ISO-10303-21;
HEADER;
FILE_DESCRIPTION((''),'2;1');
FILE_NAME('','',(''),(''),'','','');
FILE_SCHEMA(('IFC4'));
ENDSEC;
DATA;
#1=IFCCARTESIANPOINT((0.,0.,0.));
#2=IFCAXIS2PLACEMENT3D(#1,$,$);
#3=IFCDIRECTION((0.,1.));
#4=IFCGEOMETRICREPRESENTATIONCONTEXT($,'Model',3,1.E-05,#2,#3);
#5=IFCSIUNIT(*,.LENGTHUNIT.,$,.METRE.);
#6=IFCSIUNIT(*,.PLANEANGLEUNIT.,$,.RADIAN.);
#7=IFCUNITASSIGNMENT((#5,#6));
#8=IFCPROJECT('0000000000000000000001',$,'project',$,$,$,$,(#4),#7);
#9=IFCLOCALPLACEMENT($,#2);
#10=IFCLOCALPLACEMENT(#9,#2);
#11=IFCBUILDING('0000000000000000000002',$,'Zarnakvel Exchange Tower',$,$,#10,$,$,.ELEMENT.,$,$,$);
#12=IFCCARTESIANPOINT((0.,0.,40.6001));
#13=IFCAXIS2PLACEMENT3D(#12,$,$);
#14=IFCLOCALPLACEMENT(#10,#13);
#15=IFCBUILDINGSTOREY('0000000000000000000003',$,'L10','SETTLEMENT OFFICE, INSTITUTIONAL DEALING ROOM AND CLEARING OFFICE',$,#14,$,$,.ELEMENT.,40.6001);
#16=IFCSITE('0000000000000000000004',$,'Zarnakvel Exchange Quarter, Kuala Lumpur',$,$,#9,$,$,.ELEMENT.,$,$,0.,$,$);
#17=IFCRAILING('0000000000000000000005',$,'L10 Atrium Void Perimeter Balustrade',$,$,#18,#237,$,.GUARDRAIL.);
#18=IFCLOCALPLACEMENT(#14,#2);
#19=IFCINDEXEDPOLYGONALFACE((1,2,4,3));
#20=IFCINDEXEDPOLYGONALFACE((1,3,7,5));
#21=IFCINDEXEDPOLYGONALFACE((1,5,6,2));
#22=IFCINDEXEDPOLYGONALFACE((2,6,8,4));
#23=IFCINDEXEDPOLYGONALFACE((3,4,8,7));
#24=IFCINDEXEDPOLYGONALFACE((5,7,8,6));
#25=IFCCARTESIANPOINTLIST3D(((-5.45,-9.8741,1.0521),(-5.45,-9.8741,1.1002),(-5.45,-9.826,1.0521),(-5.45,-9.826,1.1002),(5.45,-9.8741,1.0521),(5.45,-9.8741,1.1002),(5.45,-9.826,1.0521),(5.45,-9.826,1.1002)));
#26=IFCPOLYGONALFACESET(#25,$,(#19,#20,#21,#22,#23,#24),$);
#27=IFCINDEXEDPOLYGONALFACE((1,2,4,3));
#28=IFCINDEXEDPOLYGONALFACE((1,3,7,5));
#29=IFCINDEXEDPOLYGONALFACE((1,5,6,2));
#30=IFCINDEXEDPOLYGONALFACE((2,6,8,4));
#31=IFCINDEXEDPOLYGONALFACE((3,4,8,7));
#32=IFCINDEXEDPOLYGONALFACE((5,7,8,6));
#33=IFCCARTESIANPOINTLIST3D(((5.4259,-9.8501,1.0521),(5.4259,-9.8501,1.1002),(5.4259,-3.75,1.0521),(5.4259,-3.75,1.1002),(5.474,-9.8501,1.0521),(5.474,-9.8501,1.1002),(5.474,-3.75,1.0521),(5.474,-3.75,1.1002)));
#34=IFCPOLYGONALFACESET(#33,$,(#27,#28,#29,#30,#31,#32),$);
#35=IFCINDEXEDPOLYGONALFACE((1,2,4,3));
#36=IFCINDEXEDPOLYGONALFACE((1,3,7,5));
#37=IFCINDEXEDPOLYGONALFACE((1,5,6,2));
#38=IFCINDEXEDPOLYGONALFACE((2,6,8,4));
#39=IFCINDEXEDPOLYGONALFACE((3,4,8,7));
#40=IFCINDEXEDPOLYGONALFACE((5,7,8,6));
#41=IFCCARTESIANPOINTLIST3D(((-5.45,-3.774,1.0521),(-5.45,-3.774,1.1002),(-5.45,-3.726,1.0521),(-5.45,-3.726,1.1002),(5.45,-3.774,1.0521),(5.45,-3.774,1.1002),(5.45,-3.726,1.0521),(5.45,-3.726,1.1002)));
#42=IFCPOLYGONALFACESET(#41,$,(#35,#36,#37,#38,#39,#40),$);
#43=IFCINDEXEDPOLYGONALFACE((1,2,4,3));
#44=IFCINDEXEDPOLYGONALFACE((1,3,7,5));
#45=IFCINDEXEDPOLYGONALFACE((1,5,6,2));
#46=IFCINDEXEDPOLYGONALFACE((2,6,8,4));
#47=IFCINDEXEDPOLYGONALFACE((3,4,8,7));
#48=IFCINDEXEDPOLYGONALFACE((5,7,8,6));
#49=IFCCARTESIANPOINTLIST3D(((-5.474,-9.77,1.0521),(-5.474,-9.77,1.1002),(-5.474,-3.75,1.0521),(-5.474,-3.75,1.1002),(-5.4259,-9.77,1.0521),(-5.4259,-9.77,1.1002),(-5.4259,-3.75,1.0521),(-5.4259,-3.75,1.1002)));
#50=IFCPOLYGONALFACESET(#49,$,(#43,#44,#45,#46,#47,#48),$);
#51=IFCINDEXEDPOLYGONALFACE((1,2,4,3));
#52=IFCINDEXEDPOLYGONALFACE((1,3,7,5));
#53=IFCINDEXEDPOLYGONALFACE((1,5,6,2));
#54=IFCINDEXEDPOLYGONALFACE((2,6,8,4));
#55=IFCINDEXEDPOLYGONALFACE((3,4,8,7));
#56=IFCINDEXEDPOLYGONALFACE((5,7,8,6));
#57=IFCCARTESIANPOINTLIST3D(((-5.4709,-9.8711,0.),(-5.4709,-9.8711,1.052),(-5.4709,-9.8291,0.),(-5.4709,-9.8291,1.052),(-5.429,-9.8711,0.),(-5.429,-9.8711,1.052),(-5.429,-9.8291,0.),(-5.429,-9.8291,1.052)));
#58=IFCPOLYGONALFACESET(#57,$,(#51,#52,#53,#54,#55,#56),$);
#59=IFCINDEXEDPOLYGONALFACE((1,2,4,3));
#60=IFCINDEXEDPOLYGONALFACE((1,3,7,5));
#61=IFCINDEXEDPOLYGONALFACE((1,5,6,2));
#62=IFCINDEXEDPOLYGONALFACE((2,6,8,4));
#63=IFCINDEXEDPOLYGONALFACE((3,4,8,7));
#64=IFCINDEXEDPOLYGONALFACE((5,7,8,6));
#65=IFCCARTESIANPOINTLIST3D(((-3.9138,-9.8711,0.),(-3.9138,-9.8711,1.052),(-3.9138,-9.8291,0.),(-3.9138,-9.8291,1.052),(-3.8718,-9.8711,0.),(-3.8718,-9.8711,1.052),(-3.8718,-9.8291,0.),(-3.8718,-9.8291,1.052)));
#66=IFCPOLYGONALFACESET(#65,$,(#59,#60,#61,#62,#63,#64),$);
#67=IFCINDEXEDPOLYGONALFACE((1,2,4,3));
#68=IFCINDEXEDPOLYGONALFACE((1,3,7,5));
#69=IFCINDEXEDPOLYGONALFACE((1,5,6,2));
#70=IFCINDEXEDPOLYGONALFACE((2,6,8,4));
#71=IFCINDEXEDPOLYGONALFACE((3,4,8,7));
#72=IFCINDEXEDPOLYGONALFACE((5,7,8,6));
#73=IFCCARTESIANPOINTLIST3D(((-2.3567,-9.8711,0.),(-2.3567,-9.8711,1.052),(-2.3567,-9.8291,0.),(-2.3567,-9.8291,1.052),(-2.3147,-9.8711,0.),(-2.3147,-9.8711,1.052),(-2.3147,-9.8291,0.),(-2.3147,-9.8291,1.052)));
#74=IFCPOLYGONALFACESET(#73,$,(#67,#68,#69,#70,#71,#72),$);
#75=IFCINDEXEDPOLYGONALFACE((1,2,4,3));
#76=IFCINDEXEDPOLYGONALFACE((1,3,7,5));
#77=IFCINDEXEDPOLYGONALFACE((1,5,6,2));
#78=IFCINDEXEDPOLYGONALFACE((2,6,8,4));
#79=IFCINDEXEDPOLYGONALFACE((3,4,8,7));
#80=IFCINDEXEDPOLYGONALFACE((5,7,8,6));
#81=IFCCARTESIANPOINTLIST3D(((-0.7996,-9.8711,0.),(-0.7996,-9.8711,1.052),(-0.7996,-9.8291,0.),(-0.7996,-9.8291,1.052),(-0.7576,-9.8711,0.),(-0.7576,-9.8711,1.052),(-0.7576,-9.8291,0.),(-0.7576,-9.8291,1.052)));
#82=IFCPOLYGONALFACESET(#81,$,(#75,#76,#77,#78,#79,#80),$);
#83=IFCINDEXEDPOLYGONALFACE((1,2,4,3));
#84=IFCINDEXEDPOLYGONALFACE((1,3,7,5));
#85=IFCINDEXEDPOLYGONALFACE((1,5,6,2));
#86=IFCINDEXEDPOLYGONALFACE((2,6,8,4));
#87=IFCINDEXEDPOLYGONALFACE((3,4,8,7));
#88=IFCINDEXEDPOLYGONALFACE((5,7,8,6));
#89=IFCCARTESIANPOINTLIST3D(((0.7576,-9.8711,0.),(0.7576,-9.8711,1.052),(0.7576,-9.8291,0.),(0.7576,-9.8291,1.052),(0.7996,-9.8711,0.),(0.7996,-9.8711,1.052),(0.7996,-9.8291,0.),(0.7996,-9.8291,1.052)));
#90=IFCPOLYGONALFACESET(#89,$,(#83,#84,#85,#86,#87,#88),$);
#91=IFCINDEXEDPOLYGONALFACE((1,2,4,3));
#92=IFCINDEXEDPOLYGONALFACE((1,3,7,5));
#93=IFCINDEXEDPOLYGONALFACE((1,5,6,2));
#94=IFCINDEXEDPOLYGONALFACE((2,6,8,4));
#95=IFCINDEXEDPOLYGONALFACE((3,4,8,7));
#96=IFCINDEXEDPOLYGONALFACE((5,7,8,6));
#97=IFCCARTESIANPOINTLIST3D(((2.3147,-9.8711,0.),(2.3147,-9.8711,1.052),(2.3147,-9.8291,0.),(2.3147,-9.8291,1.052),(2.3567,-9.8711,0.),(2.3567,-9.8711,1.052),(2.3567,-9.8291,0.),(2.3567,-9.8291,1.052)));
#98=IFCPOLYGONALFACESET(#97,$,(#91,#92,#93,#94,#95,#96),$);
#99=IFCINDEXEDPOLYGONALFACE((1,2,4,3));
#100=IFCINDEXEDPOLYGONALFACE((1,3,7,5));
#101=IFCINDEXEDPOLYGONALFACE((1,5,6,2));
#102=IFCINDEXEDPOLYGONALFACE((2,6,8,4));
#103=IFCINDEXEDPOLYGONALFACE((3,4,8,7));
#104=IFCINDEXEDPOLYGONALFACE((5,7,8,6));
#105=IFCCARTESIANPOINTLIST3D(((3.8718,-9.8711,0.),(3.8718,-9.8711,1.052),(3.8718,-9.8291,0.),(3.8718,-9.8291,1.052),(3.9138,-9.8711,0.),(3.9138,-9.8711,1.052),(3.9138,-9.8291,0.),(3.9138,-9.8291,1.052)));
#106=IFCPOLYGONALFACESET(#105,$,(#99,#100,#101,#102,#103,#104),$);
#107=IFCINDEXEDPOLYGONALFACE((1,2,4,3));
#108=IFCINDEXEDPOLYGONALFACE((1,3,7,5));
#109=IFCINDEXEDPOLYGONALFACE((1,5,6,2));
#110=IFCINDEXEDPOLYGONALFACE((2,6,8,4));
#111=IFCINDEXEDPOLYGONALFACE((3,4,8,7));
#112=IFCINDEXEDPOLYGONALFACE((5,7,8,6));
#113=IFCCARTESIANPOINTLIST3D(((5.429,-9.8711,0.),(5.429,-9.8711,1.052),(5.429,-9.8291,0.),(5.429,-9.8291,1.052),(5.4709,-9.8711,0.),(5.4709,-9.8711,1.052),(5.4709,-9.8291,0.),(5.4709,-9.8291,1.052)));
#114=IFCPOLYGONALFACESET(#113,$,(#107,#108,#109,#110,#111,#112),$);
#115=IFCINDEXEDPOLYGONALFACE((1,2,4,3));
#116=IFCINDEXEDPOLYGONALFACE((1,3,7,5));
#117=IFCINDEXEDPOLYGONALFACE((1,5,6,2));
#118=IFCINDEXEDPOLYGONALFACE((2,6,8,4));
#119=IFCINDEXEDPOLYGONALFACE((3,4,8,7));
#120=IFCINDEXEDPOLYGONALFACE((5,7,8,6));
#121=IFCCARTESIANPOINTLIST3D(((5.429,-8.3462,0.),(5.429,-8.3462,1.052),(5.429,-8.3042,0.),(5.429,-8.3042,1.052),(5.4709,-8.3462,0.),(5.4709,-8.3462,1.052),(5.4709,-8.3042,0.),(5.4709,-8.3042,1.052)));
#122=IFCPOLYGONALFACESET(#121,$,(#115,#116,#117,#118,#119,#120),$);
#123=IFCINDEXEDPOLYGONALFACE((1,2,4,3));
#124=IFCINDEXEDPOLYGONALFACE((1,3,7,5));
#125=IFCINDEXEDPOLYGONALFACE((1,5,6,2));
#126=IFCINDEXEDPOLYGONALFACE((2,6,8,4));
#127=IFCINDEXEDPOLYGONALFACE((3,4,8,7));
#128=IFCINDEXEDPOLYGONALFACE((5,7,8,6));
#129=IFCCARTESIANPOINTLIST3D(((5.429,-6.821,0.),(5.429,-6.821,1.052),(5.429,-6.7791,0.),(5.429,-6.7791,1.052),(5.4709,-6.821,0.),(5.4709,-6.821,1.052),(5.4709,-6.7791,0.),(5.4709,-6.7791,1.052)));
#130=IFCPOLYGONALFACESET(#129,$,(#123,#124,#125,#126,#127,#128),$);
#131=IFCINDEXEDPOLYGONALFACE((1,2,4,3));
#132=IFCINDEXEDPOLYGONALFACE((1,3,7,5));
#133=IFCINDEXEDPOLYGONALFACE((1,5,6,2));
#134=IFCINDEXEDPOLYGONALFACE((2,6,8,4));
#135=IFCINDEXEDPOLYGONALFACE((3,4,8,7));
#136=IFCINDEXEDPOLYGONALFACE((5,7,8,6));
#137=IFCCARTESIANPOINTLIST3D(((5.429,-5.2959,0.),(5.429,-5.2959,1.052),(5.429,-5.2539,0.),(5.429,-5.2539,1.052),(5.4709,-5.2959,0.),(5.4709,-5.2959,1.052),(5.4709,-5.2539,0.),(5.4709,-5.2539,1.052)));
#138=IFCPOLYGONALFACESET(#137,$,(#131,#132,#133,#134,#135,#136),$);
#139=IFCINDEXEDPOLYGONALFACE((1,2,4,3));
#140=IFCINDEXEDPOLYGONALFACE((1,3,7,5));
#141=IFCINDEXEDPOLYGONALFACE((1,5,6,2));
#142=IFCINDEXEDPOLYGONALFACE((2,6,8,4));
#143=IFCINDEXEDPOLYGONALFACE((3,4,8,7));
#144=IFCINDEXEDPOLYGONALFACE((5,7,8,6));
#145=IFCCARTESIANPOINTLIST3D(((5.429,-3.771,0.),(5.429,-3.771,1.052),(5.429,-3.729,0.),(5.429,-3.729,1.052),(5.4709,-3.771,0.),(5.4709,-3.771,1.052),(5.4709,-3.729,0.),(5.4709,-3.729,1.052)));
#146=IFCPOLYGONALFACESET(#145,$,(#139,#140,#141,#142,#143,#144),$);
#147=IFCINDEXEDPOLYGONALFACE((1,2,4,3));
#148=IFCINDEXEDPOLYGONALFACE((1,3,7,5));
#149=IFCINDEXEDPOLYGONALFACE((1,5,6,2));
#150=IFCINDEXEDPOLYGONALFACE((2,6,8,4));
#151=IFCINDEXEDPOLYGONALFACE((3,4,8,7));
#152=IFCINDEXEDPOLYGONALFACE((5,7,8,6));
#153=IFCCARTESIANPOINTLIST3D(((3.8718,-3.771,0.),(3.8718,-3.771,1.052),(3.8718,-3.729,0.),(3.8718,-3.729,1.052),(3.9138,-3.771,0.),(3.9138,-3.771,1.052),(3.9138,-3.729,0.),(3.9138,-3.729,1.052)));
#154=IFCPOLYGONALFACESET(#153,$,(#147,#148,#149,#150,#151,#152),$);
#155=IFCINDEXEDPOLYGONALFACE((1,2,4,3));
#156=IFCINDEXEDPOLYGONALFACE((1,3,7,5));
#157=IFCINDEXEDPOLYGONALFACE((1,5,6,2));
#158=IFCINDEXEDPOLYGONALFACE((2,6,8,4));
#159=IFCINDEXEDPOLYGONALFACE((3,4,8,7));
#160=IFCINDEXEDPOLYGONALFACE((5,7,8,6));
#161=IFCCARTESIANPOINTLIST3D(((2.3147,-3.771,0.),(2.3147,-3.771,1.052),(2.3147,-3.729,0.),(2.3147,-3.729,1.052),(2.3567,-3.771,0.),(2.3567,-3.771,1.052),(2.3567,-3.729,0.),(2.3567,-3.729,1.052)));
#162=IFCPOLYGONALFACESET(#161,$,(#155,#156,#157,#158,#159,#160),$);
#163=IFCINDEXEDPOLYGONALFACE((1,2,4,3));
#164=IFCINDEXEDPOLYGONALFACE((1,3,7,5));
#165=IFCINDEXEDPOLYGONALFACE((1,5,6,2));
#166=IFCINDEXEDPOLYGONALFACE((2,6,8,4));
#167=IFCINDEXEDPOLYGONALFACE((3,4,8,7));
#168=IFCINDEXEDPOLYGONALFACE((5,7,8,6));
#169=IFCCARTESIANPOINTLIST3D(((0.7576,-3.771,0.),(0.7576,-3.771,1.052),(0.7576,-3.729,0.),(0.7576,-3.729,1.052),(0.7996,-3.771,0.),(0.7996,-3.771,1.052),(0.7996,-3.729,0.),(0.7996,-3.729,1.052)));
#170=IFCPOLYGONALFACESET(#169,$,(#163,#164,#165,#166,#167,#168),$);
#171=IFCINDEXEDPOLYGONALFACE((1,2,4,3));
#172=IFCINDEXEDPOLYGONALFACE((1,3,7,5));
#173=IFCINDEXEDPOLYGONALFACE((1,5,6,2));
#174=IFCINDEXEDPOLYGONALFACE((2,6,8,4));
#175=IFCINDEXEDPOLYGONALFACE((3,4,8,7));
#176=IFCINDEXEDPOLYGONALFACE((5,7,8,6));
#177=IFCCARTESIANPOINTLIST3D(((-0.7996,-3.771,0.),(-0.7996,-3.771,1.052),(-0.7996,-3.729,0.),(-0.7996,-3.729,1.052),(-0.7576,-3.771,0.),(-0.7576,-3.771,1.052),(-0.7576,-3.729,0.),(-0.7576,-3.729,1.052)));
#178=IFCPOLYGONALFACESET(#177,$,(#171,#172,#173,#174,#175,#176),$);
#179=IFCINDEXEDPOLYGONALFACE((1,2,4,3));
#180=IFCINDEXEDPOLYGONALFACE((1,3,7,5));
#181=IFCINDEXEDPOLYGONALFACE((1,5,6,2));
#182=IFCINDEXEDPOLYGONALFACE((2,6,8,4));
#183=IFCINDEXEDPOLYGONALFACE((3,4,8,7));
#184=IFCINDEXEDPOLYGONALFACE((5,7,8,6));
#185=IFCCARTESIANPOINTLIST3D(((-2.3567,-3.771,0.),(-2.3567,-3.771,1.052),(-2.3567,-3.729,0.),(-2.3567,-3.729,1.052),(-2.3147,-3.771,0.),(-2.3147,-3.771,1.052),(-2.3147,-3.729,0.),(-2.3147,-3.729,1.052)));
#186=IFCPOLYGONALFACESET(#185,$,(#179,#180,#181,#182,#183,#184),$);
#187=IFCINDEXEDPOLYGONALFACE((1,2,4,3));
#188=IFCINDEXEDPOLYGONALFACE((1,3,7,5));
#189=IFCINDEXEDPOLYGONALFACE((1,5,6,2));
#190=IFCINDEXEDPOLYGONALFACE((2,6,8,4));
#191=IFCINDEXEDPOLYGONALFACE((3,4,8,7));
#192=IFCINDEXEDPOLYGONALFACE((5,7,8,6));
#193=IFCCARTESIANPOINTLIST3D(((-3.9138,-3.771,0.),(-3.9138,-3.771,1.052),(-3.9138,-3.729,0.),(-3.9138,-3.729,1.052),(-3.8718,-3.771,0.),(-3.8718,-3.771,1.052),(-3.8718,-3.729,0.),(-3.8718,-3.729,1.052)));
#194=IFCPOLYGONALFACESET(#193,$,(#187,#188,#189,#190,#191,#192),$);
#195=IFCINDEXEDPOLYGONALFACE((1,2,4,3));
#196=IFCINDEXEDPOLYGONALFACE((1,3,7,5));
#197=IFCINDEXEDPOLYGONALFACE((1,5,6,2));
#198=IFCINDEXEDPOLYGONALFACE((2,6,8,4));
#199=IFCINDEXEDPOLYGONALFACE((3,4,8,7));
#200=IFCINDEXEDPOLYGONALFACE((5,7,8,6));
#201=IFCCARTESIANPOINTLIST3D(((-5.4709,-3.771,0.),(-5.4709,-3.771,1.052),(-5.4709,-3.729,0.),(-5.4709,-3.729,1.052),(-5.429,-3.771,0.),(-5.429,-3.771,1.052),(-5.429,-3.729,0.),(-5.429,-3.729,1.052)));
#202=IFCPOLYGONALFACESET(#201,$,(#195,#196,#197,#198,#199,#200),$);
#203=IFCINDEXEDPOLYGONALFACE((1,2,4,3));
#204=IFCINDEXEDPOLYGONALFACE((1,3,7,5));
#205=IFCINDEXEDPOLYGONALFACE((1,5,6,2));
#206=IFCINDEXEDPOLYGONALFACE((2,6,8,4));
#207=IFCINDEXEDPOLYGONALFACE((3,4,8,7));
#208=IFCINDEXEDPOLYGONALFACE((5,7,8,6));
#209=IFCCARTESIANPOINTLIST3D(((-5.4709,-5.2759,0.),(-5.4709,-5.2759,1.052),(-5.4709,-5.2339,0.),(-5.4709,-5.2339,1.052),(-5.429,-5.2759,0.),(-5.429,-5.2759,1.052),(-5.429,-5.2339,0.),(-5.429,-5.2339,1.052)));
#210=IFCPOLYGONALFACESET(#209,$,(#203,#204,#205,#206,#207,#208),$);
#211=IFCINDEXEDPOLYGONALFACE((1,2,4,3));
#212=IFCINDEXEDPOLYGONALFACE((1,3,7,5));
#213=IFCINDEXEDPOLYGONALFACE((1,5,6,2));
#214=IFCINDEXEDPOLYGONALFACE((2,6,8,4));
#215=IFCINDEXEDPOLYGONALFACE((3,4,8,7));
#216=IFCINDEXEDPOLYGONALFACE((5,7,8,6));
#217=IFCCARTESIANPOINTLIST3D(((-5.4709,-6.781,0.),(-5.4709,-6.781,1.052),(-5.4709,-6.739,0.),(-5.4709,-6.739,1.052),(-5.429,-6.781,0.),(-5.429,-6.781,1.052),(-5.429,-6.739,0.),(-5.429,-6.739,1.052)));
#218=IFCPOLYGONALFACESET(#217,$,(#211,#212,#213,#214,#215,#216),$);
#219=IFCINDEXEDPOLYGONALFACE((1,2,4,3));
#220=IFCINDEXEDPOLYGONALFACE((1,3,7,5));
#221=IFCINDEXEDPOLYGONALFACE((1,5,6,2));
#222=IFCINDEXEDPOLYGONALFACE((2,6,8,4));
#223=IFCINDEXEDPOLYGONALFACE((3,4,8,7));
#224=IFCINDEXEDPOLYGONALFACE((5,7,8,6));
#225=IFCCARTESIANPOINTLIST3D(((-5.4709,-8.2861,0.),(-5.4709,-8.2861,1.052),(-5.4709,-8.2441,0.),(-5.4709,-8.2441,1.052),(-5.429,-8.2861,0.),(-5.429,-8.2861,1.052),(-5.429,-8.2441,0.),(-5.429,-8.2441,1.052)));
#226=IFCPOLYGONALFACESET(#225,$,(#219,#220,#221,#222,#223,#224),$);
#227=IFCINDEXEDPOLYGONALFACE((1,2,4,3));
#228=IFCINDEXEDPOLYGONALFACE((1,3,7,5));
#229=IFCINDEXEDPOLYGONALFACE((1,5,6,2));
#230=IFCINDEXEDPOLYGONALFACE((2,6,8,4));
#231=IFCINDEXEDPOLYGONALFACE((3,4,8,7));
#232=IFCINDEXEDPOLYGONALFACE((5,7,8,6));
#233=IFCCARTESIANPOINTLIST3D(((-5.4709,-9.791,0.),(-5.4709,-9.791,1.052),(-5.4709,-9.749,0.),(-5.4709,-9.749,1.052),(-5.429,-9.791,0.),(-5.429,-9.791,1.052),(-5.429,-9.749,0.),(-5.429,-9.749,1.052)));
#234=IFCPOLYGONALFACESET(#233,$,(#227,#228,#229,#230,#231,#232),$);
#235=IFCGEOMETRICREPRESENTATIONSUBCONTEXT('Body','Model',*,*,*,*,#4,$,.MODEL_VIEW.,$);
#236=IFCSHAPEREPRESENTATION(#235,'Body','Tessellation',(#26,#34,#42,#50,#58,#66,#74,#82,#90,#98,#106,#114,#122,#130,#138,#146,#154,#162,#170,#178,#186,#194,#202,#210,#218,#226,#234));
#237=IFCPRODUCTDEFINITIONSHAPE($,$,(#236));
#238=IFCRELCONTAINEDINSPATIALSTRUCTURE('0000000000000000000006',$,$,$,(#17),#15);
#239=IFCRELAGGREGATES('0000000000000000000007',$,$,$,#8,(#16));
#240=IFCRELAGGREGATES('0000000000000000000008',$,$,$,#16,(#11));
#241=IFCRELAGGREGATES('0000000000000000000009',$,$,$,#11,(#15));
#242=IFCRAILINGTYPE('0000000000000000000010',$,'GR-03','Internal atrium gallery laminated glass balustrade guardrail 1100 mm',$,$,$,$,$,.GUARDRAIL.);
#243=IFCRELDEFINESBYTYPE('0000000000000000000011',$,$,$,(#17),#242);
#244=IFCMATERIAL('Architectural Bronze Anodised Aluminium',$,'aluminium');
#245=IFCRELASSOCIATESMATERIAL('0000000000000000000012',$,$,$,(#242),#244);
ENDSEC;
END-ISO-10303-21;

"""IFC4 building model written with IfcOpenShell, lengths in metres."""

from ifc_helpers import new_model, si_unit, direction, frame, origin, origin_2d, place, context, subcontext, project, spatial, rectangle, extrude, material, type_object, element, save


model = new_model("IFC4")

# Units and contexts
model_context = context("Model", 3, precision=1e-05, world=origin(), true_north=direction((0.0, 1.0)))
body_context = subcontext(model_context, "Body", "Model", "MODEL_VIEW")
ifc_project = project(units=[si_unit("LENGTHUNIT", "METRE"), si_unit("PLANEANGLEUNIT", "RADIAN")], contexts=[model_context])

# Site, building, storey
site_placement = place(None, origin())
site = spatial("IfcSite", under=ifc_project, at=site_placement, Name="Zarnakvel Exchange Quarter, Kuala Lumpur", CompositionType="ELEMENT", RefElevation=0.0)
building_placement = place(site_placement, origin())
building = spatial("IfcBuilding", under=site, at=building_placement, Name="Zarnakvel Exchange Tower", CompositionType="ELEMENT")
storey_placement = place(building_placement, frame((0.0, 0.0, 40.6001)))
storey = spatial("IfcBuildingStorey", under=building, at=storey_placement, Name="L10", Description="SETTLEMENT OFFICE, INSTITUTIONAL DEALING ROOM AND CLEARING OFFICE", CompositionType="ELEMENT", Elevation=40.6001)

# Railing
ifc_material_1 = material(Name="Architectural Bronze Anodised Aluminium", Category="aluminium")
railing_type = type_object("IfcRailingType", Name="GR-03", Description="Internal atrium gallery laminated glass balustrade guardrail 1100 mm", PredefinedType="GUARDRAIL", material=ifc_material_1)
railing_placement = place(storey_placement, frame((-5.45, -9.8501, 0.0)))
element("IfcRailing", 1, at=railing_placement, inside=storey, type_object=railing_type, Name="L10 Atrium Void Perimeter Balustrade", PredefinedType="GUARDRAIL", context=body_context, shape_type="SweptSolid", body=[
    extrude(rectangle(XDim=0.0481, YDim=0.0481, at=origin_2d()), frame((0.0, 0.0, 1.0762), z_axis=(1.0, 0.0, 0.0), x_axis=(0.0, 1.0, 0.0)), (0.0, 0.0, 1.0), 10.8999),
    extrude(rectangle(XDim=0.0481, YDim=0.0481, at=origin_2d()), frame((10.8999, 0.0, 1.0762), z_axis=(0.0, 1.0, 0.0), x_axis=(-1.0, 0.0, 0.0)), (0.0, 0.0, 1.0), 6.1001),
    extrude(rectangle(XDim=0.0481, YDim=0.0481, at=origin_2d()), frame((10.8999, 6.1001, 1.0762), z_axis=(-1.0, 0.0, 0.0), x_axis=(0.0, -1.0, 0.0)), (0.0, 0.0, 1.0), 10.8999),
    extrude(rectangle(XDim=0.0481, YDim=0.0481, at=origin_2d()), frame((0.0, 6.1001, 1.0762), z_axis=(0.0, -1.0, 0.0), x_axis=(1.0, 0.0, 0.0)), (0.0, 0.0, 1.0), 6.02),
    extrude(rectangle(XDim=0.042, YDim=0.042, at=origin_2d()), origin(), (0.0, 0.0, 1.0), 1.052),
    extrude(rectangle(XDim=0.042, YDim=0.042, at=origin_2d()), frame((1.5571, 0.0, 0.0)), (0.0, 0.0, 1.0), 1.052),
    extrude(rectangle(XDim=0.042, YDim=0.042, at=origin_2d()), frame((3.1143, 0.0, 0.0)), (0.0, 0.0, 1.0), 1.052),
    extrude(rectangle(XDim=0.042, YDim=0.042, at=origin_2d()), frame((4.6714, 0.0, 0.0)), (0.0, 0.0, 1.0), 1.052),
    extrude(rectangle(XDim=0.042, YDim=0.042, at=origin_2d()), frame((6.2285, 0.0, 0.0)), (0.0, 0.0, 1.0), 1.052),
    extrude(rectangle(XDim=0.042, YDim=0.042, at=origin_2d()), frame((7.7856, 0.0, 0.0)), (0.0, 0.0, 1.0), 1.052),
    extrude(rectangle(XDim=0.042, YDim=0.042, at=origin_2d()), frame((9.3428, 0.0, 0.0)), (0.0, 0.0, 1.0), 1.052),
    extrude(rectangle(XDim=0.042, YDim=0.042, at=origin_2d()), frame((10.8999, 0.0, 0.0)), (0.0, 0.0, 1.0), 1.052),
    extrude(rectangle(XDim=0.042, YDim=0.042, at=origin_2d()), frame((10.8999, 1.5249, 0.0)), (0.0, 0.0, 1.0), 1.052),
    extrude(rectangle(XDim=0.042, YDim=0.042, at=origin_2d()), frame((10.8999, 3.05, 0.0)), (0.0, 0.0, 1.0), 1.052),
    extrude(rectangle(XDim=0.042, YDim=0.042, at=origin_2d()), frame((10.8999, 4.5752, 0.0)), (0.0, 0.0, 1.0), 1.052),
    extrude(rectangle(XDim=0.042, YDim=0.042, at=origin_2d()), frame((10.8999, 6.1001, 0.0)), (0.0, 0.0, 1.0), 1.052),
    extrude(rectangle(XDim=0.042, YDim=0.042, at=origin_2d()), frame((9.3428, 6.1001, 0.0)), (0.0, 0.0, 1.0), 1.052),
    extrude(rectangle(XDim=0.042, YDim=0.042, at=origin_2d()), frame((7.7856, 6.1001, 0.0)), (0.0, 0.0, 1.0), 1.052),
    extrude(rectangle(XDim=0.042, YDim=0.042, at=origin_2d()), frame((6.2285, 6.1001, 0.0)), (0.0, 0.0, 1.0), 1.052),
    extrude(rectangle(XDim=0.042, YDim=0.042, at=origin_2d()), frame((4.6714, 6.1001, 0.0)), (0.0, 0.0, 1.0), 1.052),
    extrude(rectangle(XDim=0.042, YDim=0.042, at=origin_2d()), frame((3.1143, 6.1001, 0.0)), (0.0, 0.0, 1.0), 1.052),
    extrude(rectangle(XDim=0.042, YDim=0.042, at=origin_2d()), frame((1.5571, 6.1001, 0.0)), (0.0, 0.0, 1.0), 1.052),
    extrude(rectangle(XDim=0.042, YDim=0.042, at=origin_2d()), frame((0.0, 6.1001, 0.0)), (0.0, 0.0, 1.0), 1.052),
    extrude(rectangle(XDim=0.042, YDim=0.042, at=origin_2d()), frame((0.0, 4.5952, 0.0)), (0.0, 0.0, 1.0), 1.052),
    extrude(rectangle(XDim=0.042, YDim=0.042, at=origin_2d()), frame((0.0, 3.0901, 0.0)), (0.0, 0.0, 1.0), 1.052),
    extrude(rectangle(XDim=0.042, YDim=0.042, at=origin_2d()), frame((0.0, 1.585, 0.0)), (0.0, 0.0, 1.0), 1.052),
    extrude(rectangle(XDim=0.042, YDim=0.042, at=origin_2d()), frame((0.0, 0.0801, 0.0)), (0.0, 0.0, 1.0), 1.052),
])

save(model, "model.ifc")
